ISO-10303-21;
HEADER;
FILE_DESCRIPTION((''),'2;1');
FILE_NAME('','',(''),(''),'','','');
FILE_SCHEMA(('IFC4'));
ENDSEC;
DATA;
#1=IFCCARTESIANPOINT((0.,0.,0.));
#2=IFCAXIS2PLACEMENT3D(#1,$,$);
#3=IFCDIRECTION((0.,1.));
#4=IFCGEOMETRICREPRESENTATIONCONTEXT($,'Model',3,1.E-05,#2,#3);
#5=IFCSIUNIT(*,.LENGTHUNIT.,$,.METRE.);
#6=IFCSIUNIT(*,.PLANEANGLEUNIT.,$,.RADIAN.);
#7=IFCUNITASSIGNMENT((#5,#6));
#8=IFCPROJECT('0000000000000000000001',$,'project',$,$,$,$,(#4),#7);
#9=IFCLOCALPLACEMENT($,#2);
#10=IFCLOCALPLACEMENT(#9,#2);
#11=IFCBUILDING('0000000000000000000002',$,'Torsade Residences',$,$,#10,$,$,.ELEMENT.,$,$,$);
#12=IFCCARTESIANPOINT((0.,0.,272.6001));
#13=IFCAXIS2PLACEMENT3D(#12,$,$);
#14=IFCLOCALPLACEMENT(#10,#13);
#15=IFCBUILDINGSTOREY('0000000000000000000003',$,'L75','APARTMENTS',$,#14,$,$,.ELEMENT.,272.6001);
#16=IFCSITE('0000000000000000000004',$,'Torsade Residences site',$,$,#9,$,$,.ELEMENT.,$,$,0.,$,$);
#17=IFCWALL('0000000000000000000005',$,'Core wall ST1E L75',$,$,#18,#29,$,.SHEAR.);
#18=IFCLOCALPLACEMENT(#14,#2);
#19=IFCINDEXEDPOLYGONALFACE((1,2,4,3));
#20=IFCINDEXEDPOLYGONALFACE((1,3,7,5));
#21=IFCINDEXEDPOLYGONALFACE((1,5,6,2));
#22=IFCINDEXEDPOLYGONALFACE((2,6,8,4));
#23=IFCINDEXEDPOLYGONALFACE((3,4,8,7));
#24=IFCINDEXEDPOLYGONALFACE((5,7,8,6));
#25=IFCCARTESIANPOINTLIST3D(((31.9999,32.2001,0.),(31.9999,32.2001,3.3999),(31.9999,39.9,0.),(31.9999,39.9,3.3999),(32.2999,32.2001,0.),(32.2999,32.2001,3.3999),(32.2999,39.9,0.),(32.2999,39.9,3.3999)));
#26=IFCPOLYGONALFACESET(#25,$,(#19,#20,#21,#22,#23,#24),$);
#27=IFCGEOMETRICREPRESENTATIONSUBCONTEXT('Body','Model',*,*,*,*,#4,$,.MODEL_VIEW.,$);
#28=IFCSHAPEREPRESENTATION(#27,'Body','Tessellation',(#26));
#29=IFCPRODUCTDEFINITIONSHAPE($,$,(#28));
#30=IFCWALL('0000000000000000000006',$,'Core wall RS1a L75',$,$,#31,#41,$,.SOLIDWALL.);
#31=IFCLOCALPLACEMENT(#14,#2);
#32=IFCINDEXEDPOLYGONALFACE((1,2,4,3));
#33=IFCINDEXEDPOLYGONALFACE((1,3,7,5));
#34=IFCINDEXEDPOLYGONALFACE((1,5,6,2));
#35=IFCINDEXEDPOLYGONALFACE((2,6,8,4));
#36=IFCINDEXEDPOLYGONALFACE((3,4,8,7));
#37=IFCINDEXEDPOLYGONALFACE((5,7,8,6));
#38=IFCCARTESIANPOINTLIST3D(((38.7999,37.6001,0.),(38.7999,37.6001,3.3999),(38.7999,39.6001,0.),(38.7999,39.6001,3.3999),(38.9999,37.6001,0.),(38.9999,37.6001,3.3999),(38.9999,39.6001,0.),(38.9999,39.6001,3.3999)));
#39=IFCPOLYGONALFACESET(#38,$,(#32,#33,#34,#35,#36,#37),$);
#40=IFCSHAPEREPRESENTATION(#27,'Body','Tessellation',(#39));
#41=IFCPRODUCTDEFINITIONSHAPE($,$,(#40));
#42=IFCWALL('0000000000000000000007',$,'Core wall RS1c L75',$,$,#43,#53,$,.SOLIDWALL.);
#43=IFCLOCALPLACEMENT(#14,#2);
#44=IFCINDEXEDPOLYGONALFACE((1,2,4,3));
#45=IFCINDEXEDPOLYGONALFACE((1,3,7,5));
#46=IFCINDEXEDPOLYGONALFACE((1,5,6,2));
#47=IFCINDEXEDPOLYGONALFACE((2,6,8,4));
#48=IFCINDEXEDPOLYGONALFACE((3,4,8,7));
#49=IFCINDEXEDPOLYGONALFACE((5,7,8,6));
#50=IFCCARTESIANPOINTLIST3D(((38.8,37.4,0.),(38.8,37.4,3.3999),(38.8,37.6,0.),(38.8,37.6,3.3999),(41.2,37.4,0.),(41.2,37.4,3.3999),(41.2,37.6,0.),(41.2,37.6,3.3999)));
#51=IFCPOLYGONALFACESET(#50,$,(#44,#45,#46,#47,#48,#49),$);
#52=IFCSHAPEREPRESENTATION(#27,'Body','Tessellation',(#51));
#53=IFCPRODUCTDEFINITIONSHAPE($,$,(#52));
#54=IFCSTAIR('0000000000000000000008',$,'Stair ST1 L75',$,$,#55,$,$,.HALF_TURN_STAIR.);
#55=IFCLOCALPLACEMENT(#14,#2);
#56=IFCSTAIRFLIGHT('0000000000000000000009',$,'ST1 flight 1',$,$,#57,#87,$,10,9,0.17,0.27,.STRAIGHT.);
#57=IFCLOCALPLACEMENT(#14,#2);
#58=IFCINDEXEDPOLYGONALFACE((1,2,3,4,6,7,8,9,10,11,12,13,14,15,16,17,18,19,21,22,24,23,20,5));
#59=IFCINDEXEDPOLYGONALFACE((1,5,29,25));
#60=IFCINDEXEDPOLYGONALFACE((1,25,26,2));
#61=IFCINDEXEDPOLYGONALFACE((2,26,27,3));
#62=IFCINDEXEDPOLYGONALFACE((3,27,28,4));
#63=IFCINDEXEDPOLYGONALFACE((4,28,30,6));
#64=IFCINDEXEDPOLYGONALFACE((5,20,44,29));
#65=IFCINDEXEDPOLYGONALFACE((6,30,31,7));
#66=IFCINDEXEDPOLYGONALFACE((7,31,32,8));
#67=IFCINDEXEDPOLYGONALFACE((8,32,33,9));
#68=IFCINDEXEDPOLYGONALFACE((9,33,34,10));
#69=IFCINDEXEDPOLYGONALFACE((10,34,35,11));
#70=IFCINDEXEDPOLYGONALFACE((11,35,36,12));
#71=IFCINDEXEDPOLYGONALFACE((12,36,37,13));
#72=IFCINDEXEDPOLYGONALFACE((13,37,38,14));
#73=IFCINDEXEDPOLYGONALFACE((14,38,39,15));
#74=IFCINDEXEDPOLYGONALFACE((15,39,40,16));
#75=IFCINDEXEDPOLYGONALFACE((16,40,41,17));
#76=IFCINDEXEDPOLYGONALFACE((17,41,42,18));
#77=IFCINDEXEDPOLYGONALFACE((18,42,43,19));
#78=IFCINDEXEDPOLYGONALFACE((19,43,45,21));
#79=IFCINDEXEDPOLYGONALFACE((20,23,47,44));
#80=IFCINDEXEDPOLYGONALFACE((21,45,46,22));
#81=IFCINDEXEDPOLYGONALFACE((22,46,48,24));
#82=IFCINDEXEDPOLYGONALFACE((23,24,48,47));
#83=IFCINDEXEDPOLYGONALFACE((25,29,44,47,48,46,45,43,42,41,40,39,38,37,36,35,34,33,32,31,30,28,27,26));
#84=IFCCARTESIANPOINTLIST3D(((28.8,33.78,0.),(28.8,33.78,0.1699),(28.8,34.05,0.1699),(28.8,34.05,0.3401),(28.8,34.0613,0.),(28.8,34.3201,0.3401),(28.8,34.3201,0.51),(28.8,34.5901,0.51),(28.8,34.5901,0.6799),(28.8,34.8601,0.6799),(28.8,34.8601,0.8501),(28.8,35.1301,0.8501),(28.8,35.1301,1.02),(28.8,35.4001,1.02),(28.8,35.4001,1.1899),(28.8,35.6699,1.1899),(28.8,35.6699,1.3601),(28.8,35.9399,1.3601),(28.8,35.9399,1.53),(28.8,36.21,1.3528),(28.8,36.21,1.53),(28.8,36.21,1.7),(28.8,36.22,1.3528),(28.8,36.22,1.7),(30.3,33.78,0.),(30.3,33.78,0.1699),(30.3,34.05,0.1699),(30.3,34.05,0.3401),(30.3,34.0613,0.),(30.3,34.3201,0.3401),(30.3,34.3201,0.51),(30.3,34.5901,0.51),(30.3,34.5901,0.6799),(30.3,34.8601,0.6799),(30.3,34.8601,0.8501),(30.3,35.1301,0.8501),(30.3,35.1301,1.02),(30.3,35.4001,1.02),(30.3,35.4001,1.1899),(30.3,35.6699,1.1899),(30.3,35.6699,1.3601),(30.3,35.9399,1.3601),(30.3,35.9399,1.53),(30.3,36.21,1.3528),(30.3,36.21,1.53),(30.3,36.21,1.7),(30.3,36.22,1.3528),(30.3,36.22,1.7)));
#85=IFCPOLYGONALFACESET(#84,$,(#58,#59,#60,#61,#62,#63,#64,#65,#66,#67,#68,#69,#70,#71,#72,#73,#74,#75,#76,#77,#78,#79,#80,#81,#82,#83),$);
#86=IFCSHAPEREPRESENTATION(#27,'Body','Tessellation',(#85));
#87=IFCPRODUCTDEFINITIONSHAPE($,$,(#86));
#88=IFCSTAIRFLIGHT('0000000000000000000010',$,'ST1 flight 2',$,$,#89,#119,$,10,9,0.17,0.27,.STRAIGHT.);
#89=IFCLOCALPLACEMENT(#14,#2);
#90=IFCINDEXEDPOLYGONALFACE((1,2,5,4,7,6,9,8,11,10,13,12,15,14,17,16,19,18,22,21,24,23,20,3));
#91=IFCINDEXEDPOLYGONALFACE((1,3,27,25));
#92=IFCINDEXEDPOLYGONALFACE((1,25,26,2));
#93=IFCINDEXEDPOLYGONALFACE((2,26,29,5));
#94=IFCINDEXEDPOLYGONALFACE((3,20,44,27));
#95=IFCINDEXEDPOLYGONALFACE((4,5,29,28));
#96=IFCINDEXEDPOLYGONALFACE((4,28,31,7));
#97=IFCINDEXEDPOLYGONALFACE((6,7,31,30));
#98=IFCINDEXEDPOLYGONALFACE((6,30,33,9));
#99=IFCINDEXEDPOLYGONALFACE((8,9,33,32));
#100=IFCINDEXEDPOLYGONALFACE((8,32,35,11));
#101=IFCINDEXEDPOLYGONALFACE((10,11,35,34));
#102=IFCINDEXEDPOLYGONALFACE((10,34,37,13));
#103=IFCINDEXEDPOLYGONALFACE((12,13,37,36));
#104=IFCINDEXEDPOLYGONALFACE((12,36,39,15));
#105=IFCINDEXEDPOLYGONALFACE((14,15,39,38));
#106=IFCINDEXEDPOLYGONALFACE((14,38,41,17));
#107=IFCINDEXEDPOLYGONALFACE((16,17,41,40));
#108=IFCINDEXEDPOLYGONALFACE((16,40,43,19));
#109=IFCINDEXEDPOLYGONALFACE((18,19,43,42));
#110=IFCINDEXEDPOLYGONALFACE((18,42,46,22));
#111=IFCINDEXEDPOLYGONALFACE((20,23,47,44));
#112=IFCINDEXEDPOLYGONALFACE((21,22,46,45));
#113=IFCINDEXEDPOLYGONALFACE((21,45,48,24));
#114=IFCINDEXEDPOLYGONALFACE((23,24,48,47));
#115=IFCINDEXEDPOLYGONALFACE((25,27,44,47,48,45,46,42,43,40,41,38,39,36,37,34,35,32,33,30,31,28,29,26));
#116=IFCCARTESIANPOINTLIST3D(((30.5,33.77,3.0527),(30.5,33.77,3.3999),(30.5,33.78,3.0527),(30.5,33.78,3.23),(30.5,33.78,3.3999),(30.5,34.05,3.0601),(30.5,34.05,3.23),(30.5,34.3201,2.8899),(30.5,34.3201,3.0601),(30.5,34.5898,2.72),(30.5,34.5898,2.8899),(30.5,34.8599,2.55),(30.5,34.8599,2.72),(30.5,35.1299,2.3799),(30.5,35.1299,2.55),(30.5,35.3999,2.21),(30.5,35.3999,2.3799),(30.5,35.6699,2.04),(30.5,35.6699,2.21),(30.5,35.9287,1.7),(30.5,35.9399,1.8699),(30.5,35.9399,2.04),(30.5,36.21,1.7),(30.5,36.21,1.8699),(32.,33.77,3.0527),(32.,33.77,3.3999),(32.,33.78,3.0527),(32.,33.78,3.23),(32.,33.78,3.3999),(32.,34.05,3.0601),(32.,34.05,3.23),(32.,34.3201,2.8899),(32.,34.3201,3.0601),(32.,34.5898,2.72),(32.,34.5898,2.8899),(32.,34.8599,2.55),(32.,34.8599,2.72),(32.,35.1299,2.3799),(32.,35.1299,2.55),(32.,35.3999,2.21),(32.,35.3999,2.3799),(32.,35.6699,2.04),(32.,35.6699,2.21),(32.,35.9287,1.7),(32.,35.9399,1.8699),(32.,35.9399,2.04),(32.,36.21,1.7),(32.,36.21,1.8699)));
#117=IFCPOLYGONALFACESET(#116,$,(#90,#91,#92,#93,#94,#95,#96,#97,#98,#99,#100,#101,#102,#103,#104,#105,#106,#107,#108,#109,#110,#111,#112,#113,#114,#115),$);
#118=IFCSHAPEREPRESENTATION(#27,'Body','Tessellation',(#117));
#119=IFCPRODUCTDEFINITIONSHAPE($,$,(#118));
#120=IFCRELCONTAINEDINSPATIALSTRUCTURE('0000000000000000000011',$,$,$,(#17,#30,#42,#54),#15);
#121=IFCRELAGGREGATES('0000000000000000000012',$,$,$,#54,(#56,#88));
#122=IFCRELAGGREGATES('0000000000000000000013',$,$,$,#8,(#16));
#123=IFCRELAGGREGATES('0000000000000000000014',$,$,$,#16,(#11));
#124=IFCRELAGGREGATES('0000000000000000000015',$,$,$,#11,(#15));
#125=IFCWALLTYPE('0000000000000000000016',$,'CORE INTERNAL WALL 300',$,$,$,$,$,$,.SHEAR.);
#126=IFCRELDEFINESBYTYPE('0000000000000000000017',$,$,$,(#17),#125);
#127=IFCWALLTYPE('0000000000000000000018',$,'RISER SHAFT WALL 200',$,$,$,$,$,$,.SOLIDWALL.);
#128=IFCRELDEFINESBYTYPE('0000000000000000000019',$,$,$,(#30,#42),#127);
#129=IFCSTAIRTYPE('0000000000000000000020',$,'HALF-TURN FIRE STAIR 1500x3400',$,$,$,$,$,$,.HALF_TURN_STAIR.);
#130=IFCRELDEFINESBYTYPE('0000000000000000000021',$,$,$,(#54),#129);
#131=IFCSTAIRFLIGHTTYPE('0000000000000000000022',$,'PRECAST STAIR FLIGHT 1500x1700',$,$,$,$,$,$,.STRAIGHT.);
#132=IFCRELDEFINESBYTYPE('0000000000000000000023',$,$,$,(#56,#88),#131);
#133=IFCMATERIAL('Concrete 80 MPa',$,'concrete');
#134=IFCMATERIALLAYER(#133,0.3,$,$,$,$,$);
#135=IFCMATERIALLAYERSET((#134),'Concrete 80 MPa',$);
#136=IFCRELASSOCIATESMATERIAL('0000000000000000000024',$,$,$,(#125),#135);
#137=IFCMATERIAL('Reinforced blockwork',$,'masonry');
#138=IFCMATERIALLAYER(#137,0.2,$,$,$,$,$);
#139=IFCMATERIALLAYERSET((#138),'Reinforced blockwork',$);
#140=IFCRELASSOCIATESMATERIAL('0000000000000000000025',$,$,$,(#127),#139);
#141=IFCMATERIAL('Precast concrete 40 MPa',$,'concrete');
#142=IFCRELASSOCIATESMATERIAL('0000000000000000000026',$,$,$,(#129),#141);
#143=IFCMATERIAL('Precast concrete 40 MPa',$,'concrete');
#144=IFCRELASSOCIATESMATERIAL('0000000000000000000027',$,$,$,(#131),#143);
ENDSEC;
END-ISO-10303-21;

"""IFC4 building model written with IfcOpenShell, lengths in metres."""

from ifc_helpers import new_model, si_unit, direction, frame, frame_2d, origin, place, context, subcontext, project, spatial, polyline, rectangle, outline, extrude, material, layer, layer_set, type_object, element, aggregate, save


model = new_model("IFC4")

# Units and contexts
model_context = context("Model", 3, precision=1e-05, world=origin(), true_north=direction((0.0, 1.0)))
body_context = subcontext(model_context, "Body", "Model", "MODEL_VIEW")
ifc_project = project(units=[si_unit("LENGTHUNIT", "METRE"), si_unit("PLANEANGLEUNIT", "RADIAN")], contexts=[model_context])

# Site, building, storey
site_placement = place(None, origin())
site = spatial("IfcSite", under=ifc_project, at=site_placement, Name="Torsade Residences site", CompositionType="ELEMENT", RefElevation=0.0)
building_placement = place(site_placement, origin())
building = spatial("IfcBuilding", under=site, at=building_placement, Name="Torsade Residences", CompositionType="ELEMENT")
storey_placement = place(building_placement, frame((0.0, 0.0, 272.6001)))
storey = spatial("IfcBuildingStorey", under=building, at=storey_placement, Name="L75", Description="APARTMENTS", CompositionType="ELEMENT", Elevation=272.6001)

# Shared definitions
ifc_material_1 = material(Name="Concrete 80 MPa", Category="concrete")
ifc_layer_1 = layer(ifc_material_1, 0.3)
ifc_layer_set_1 = layer_set([ifc_layer_1], Name="Concrete 80 MPa")
wall_type_1 = type_object("IfcWallType", Name="CORE INTERNAL WALL 300", PredefinedType="SHEAR", material=ifc_layer_set_1)

# Walls
wall_1_placement = place(storey_placement, frame((32.1499, 32.2, 0.0), z_axis=(0.0, 0.0, 1.0), x_axis=(0.0, 1.0, 0.0)))
element("IfcWall", 1, at=wall_1_placement, inside=storey, type_object=wall_type_1, Name="Core wall ST1E L75", PredefinedType="SHEAR", context=body_context, shape_type="SweptSolid", body=[
    extrude(rectangle(XDim=7.7, YDim=0.3, at=frame_2d((3.8501, 0.0))), origin(), (0.0, 0.0, 1.0), 3.3999),
])
ifc_material_2 = material(Name="Reinforced blockwork", Category="masonry")
ifc_layer_2 = layer(ifc_material_2, 0.2)
ifc_layer_set_2 = layer_set([ifc_layer_2], Name="Reinforced blockwork")
wall_type_2 = type_object("IfcWallType", Name="RISER SHAFT WALL 200", PredefinedType="SOLIDWALL", material=ifc_layer_set_2)
wall_2_placement = place(storey_placement, frame((38.8999, 37.6001, 0.0), z_axis=(0.0, 0.0, 1.0), x_axis=(0.0, 1.0, 0.0)))
element("IfcWall", 2, at=wall_2_placement, inside=storey, type_object=wall_type_2, Name="Core wall RS1a L75", PredefinedType="SOLIDWALL", context=body_context, shape_type="SweptSolid", body=[
    extrude(rectangle(XDim=2.0, YDim=0.2, at=frame_2d((1.0, 0.0))), origin(), (0.0, 0.0, 1.0), 3.3999),
])
wall_3_placement = place(storey_placement, frame((38.8, 37.5, 0.0), z_axis=(0.0, 0.0, 1.0), x_axis=(1.0, 0.0, 0.0)))
element("IfcWall", 3, at=wall_3_placement, inside=storey, type_object=wall_type_2, Name="Core wall RS1c L75", PredefinedType="SOLIDWALL", context=body_context, shape_type="SweptSolid", body=[
    extrude(rectangle(XDim=2.3999, YDim=0.2, at=frame_2d((1.2, 0.0))), origin(), (0.0, 0.0, 1.0), 3.3999),
])

# Stair, stair flights
ifc_material_3 = material(Name="Precast concrete 40 MPa", Category="concrete")
stair_type = type_object("IfcStairType", Name="HALF-TURN FIRE STAIR 1500x3400", PredefinedType="HALF_TURN_STAIR", material=ifc_material_3)
stair_placement = place(storey_placement, origin())
stair = element("IfcStair", 4, at=stair_placement, inside=storey, type_object=stair_type, Name="Stair ST1 L75", PredefinedType="HALF_TURN_STAIR")
ifc_material_4 = material(Name="Precast concrete 40 MPa", Category="concrete")
stair_flight_type = type_object("IfcStairFlightType", Name="PRECAST STAIR FLIGHT 1500x1700", PredefinedType="STRAIGHT", material=ifc_material_4)
stair_flight_1_placement = place(storey_placement, frame((29.55, 33.78, 0.0), z_axis=(0.0, 0.0, 1.0), x_axis=(0.0, 1.0, 0.0)))
stair_flight_1 = element("IfcStairFlight", 5, at=stair_flight_1_placement, type_object=stair_flight_type, Name="ST1 flight 1", NumberOfRisers=10, NumberOfTreads=9, PredefinedType="STRAIGHT", RiserHeight=0.17, TreadLength=0.27, context=body_context, shape_type="SweptSolid", body=[
    extrude(outline(polyline([(0.0, 0.0), (0.0, 0.1699), (0.27, 0.1699), (0.27, 0.3401), (0.54, 0.3401), (0.54, 0.51), (0.8101, 0.51), (0.8101, 0.6799), (1.0801, 0.6799), (1.0801, 0.8501), (1.3501, 0.8501), (1.3501, 1.02), (1.6201, 1.02), (1.6201, 1.1899), (1.8899, 1.1899), (1.8899, 1.3601), (2.1599, 1.3601), (2.1599, 1.53), (2.4299, 1.53), (2.4299, 1.7), (2.4399, 1.7), (2.4399, 1.3528), (2.4299, 1.3528), (0.2812, 0.0), (0.0, 0.0)])), frame((0.0, 0.75, 0.0), z_axis=(0.0, -1.0, 0.0), x_axis=(1.0, 0.0, 0.0)), (0.0, 0.0, 1.0), 1.5),
])
stair_flight_2_placement = place(storey_placement, frame((31.25, 36.21, 1.7), z_axis=(0.0, 0.0, 1.0), x_axis=(0.0, -1.0, 0.0)))
stair_flight_2 = element("IfcStairFlight", 6, at=stair_flight_2_placement, type_object=stair_flight_type, Name="ST1 flight 2", NumberOfRisers=10, NumberOfTreads=9, PredefinedType="STRAIGHT", RiserHeight=0.17, TreadLength=0.27, context=body_context, shape_type="SweptSolid", body=[
    extrude(outline(polyline([(0.0, 0.0), (0.0, 0.1699), (0.27, 0.1699), (0.27, 0.3401), (0.54, 0.3401), (0.54, 0.51), (0.8101, 0.51), (0.8101, 0.6799), (1.0801, 0.6799), (1.0801, 0.8501), (1.3501, 0.8501), (1.3501, 1.02), (1.6201, 1.02), (1.6201, 1.1899), (1.8899, 1.1899), (1.8899, 1.3601), (2.1599, 1.3601), (2.1599, 1.53), (2.4299, 1.53), (2.4299, 1.7), (2.4399, 1.7), (2.4399, 1.3528), (2.4299, 1.3528), (0.2812, 0.0), (0.0, 0.0)])), frame((0.0, 0.75, 0.0), z_axis=(0.0, -1.0, 0.0), x_axis=(1.0, 0.0, 0.0)), (0.0, 0.0, 1.0), 1.5),
])
aggregate(stair, [stair_flight_1, stair_flight_2])

save(model, "model.ifc")
